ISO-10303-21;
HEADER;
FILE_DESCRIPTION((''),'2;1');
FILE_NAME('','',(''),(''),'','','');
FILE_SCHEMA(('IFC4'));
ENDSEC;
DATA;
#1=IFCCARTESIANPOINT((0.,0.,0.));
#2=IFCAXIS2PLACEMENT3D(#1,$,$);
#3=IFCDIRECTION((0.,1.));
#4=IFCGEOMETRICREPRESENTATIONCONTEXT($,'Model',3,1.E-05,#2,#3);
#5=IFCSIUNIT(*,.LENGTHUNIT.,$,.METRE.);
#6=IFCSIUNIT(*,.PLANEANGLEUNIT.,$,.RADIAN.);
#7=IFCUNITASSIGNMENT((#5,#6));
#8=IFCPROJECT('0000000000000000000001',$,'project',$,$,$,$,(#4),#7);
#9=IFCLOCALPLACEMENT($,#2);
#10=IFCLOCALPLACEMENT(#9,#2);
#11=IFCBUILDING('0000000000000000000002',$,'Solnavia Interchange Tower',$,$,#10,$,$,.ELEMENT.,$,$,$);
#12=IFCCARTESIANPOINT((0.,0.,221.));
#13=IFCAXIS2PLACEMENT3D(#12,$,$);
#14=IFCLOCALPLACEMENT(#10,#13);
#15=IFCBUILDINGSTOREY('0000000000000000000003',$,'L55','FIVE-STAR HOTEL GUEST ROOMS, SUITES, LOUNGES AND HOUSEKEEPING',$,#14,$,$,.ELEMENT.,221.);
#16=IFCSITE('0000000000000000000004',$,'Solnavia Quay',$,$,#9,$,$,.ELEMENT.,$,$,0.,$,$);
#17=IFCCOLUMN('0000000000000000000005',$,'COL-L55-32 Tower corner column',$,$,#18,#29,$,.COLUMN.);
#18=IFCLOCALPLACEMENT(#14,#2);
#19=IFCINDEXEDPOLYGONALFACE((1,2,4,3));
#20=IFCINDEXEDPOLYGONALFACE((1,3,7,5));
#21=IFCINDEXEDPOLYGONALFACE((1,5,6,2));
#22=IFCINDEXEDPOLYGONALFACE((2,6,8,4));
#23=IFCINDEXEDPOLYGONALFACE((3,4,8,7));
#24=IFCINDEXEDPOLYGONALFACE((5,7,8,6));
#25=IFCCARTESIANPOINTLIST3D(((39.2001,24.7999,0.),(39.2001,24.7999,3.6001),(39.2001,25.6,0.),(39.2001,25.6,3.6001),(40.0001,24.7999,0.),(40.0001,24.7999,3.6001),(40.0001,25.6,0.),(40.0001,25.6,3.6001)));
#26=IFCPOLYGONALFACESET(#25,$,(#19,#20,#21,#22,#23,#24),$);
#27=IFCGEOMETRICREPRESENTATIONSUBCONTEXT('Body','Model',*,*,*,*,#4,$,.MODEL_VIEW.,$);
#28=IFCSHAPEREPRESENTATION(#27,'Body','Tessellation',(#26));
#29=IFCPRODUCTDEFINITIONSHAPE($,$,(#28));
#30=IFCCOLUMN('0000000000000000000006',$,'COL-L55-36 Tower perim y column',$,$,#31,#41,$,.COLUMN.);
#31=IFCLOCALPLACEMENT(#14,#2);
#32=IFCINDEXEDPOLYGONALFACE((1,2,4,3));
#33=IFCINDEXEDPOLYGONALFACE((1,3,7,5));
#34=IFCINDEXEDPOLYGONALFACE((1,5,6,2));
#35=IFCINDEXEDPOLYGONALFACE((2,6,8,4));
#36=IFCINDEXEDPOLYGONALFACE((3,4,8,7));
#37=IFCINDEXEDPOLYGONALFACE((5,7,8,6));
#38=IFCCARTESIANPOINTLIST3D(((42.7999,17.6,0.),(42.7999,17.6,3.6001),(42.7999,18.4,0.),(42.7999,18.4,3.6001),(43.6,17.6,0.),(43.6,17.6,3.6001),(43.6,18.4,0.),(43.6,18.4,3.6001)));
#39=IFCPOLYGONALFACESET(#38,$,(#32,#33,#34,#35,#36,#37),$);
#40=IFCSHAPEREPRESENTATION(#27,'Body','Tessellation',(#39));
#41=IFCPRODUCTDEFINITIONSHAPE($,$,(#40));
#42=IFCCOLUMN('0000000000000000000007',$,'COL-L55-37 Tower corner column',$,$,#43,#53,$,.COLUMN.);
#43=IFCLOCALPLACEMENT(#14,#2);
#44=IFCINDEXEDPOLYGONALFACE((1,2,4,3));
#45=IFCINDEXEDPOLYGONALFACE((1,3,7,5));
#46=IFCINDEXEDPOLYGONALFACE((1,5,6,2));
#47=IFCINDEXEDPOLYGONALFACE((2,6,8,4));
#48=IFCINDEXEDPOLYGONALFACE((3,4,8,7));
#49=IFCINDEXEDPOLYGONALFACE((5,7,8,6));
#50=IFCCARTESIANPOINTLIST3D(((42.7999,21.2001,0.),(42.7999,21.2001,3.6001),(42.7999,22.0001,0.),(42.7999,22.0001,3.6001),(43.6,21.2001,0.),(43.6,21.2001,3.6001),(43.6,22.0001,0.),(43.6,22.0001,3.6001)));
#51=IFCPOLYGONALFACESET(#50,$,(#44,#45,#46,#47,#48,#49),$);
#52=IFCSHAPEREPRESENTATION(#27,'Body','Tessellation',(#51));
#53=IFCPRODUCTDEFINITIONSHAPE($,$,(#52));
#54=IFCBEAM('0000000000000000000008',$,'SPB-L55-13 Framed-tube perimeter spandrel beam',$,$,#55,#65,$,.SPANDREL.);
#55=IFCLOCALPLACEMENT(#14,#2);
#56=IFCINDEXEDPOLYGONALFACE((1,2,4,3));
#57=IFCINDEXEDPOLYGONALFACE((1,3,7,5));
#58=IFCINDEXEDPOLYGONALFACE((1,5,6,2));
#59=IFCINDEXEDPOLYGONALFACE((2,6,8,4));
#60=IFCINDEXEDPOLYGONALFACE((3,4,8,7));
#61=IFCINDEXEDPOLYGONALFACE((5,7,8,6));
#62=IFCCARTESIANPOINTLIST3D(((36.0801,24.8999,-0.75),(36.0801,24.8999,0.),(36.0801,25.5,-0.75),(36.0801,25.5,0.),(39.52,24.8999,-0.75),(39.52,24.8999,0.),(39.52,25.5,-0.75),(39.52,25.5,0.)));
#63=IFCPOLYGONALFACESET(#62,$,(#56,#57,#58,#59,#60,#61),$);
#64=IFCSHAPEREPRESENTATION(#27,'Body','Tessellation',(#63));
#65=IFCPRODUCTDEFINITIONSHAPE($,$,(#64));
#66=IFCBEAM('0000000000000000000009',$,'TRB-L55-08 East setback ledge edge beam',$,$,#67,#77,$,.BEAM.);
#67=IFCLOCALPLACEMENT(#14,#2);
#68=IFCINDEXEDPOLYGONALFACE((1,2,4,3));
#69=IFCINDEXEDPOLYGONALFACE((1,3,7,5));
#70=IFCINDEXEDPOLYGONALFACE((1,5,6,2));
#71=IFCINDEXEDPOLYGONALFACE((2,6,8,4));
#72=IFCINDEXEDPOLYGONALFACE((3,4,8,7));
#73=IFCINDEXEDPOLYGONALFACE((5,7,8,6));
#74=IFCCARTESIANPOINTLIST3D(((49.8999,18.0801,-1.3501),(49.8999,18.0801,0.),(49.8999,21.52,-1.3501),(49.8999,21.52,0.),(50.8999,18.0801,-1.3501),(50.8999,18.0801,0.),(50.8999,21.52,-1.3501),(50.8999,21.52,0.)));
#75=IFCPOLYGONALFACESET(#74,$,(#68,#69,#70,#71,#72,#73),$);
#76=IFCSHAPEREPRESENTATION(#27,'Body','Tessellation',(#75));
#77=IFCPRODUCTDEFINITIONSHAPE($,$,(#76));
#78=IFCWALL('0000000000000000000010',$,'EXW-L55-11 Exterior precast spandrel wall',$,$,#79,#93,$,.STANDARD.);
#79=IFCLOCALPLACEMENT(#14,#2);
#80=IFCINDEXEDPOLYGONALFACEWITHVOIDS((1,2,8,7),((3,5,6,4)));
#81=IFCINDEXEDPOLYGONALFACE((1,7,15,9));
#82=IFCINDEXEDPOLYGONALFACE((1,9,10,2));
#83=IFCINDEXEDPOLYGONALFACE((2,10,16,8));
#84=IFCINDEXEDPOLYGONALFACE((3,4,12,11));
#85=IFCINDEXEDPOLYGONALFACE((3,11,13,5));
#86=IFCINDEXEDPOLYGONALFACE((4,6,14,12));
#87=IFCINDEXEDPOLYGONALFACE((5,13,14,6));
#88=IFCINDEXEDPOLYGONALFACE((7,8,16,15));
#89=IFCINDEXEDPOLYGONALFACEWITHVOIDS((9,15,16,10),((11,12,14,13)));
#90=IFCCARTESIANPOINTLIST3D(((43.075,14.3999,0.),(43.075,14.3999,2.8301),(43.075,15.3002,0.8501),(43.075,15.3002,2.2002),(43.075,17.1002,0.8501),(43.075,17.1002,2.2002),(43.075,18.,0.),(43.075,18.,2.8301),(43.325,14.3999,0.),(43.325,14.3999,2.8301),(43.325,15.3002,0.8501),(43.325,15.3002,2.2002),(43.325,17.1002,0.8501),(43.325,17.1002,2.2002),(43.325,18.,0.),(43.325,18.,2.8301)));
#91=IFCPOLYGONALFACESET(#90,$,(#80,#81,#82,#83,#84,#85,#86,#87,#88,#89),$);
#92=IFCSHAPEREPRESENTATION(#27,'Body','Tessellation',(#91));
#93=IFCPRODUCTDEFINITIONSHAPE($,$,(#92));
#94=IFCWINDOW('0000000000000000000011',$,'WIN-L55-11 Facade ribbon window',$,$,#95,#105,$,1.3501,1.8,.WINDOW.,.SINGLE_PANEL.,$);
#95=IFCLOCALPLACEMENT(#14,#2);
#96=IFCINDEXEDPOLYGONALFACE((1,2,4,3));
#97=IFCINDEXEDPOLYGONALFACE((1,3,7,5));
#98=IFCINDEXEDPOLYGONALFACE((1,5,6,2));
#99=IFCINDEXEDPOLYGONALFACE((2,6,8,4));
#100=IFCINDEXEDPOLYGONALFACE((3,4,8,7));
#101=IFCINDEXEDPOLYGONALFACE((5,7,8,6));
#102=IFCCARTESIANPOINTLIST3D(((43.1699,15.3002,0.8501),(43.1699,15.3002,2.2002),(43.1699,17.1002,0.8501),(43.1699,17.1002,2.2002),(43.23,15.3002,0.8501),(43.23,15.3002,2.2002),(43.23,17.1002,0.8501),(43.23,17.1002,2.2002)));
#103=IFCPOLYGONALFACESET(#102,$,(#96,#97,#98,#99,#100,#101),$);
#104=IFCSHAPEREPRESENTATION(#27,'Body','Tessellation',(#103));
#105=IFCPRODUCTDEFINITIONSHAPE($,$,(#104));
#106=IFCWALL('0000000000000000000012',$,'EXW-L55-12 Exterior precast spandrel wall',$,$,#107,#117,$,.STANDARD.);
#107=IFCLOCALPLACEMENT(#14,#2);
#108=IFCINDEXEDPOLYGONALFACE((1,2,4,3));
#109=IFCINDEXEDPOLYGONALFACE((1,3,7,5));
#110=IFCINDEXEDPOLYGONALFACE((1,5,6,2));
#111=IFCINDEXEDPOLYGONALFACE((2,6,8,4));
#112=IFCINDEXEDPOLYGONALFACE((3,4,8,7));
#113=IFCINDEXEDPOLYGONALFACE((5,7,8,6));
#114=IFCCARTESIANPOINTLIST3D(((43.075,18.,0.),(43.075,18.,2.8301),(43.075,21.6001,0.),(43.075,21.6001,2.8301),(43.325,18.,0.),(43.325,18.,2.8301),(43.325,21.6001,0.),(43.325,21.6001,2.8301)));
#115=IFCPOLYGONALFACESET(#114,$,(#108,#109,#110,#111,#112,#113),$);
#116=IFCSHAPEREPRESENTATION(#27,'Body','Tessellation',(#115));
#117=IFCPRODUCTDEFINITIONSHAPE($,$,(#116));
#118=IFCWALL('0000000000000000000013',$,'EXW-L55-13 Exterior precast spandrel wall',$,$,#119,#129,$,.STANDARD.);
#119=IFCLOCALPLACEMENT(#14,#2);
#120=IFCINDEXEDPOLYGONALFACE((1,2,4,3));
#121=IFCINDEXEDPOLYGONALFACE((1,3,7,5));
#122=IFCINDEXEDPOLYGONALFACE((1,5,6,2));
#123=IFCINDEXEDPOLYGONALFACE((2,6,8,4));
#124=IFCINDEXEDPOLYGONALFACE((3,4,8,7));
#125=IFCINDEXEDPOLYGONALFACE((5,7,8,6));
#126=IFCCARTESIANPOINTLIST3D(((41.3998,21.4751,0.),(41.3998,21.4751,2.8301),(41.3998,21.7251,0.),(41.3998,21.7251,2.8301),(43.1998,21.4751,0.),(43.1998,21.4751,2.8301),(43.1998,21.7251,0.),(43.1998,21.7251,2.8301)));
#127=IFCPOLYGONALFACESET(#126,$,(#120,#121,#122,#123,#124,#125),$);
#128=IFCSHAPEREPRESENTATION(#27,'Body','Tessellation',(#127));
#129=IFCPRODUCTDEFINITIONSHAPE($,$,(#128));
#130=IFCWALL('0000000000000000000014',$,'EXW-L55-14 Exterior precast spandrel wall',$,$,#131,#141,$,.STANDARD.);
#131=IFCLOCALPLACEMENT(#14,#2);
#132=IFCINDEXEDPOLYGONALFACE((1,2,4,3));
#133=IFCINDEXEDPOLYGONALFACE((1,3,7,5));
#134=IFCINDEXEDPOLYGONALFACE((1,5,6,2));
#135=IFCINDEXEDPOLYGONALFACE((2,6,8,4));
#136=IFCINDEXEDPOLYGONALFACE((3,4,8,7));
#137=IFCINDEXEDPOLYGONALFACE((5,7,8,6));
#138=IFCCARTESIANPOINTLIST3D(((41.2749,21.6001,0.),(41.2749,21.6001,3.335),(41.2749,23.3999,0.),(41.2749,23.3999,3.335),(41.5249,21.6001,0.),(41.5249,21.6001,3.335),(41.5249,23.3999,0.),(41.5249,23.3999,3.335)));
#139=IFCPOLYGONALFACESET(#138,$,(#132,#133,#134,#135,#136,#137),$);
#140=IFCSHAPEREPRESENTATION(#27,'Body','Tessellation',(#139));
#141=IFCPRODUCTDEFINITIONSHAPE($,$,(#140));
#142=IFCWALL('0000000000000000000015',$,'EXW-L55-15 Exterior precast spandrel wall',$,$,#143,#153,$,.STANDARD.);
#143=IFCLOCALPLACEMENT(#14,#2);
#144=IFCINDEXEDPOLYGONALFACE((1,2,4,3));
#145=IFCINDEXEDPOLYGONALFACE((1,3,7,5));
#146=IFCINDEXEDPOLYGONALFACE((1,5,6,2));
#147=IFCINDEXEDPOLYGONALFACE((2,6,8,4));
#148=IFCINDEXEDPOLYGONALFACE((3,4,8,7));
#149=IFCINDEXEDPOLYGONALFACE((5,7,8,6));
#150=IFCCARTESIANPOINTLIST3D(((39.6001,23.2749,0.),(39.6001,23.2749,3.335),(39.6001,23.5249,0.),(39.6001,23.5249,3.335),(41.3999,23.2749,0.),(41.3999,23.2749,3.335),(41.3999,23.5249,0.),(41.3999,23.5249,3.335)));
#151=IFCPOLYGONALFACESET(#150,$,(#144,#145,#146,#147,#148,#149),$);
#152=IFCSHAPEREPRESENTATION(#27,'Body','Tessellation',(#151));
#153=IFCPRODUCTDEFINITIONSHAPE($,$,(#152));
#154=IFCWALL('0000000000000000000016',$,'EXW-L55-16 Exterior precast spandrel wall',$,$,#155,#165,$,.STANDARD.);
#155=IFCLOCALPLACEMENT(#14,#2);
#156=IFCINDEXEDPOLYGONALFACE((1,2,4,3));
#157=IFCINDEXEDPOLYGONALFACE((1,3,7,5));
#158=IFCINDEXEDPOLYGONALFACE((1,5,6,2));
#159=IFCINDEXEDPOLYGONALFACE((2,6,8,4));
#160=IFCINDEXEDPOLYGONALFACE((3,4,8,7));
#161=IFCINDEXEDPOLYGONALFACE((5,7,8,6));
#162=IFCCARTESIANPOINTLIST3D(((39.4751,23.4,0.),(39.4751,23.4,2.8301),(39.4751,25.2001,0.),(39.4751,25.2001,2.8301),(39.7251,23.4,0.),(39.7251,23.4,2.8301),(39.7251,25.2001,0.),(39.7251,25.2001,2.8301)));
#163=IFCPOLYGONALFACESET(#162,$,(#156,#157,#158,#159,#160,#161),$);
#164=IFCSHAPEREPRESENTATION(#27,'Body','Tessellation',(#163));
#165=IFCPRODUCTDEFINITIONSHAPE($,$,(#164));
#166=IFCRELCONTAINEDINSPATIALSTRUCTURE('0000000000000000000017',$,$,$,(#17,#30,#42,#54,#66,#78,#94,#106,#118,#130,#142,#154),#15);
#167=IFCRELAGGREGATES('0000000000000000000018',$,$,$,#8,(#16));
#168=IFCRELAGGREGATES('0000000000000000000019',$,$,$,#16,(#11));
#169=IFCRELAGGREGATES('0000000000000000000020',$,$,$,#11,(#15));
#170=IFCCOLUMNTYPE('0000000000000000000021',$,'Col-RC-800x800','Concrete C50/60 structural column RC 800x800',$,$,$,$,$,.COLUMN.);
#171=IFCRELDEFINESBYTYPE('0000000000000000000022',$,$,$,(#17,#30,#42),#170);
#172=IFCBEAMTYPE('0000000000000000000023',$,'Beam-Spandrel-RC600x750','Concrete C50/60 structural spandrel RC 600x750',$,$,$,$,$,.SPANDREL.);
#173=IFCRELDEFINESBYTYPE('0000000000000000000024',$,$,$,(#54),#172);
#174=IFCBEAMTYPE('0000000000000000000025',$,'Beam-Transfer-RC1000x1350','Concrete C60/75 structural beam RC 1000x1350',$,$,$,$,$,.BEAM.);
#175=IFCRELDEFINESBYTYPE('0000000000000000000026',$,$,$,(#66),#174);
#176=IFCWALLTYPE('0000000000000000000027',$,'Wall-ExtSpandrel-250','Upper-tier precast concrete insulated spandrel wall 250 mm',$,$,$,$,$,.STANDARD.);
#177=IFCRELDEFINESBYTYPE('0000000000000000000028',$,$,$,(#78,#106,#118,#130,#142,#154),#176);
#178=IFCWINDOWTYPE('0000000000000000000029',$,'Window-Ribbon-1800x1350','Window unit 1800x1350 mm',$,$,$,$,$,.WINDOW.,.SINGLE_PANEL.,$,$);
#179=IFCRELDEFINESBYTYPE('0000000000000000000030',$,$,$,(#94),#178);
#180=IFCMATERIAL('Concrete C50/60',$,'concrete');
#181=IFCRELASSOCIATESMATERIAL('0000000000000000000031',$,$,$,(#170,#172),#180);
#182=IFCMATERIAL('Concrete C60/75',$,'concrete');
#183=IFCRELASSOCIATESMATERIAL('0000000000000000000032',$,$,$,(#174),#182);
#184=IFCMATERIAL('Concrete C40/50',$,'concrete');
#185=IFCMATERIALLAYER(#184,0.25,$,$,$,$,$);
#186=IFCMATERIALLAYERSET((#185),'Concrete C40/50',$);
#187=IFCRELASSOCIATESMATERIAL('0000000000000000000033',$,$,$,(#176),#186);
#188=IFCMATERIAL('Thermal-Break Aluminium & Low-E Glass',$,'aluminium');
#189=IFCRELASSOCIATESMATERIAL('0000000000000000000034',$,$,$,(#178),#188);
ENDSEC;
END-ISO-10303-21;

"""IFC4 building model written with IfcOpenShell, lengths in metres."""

from ifc_helpers import new_model, si_unit, direction, frame, frame_2d, origin, origin_2d, place, context, subcontext, project, spatial, rectangle, extrude, material, layer, layer_set, material_profile, profile_set, type_object, element, fill, save


model = new_model("IFC4")

# Units and contexts
model_context = context("Model", 3, precision=1e-05, world=origin(), true_north=direction((0.0, 1.0)))
body_context = subcontext(model_context, "Body", "Model", "MODEL_VIEW")
ifc_project = project(units=[si_unit("LENGTHUNIT", "METRE"), si_unit("PLANEANGLEUNIT", "RADIAN")], contexts=[model_context])

# Site, building, storey
site_placement = place(None, origin())
site = spatial("IfcSite", under=ifc_project, at=site_placement, Name="Solnavia Quay", CompositionType="ELEMENT", RefElevation=0.0)
building_placement = place(site_placement, origin())
building = spatial("IfcBuilding", under=site, at=building_placement, Name="Solnavia Interchange Tower", CompositionType="ELEMENT")
storey_placement = place(building_placement, frame((0.0, 0.0, 221.0)))
storey = spatial("IfcBuildingStorey", under=building, at=storey_placement, Name="L55", Description="FIVE-STAR HOTEL GUEST ROOMS, SUITES, LOUNGES AND HOUSEKEEPING", CompositionType="ELEMENT", Elevation=221.0)

# Columns
ifc_material_1 = material(Name="Concrete C50/60", Category="concrete")
ifc_material_profile_1 = material_profile(ifc_material_1, rectangle(XDim=0.8, YDim=0.8, at=origin_2d()), Name="RC 800x800")
ifc_profile_set_1 = profile_set([ifc_material_profile_1], Name="Concrete C50/60")
column_type = type_object("IfcColumnType", Name="Col-RC-800x800", Description="Concrete C50/60 structural column RC 800x800", PredefinedType="COLUMN", material=ifc_profile_set_1)
for number, where, z_axis, x_axis, name in (
    (1, (39.6001, 25.2, 0.0), (0.0, 0.0, 1.0), (1.0, 0.0, 0.0), "COL-L55-32 Tower corner column"),
    (2, (43.2, 18.0, 0.0), (0.0, 0.0, 1.0), (0.0, 1.0, 0.0), "COL-L55-36 Tower perim y column"),
    (3, (43.2, 21.6001, 0.0), (0.0, 0.0, 1.0), (0.0, 1.0, 0.0), "COL-L55-37 Tower corner column"),
):
    element("IfcColumn", number, at=place(storey_placement, frame(where, z_axis=z_axis, x_axis=x_axis)), inside=storey, type_object=column_type, Name=name, PredefinedType="COLUMN", context=body_context, shape_type="SweptSolid", body=[
        extrude(rectangle(XDim=0.8, YDim=0.8, at=origin_2d()), origin(), (0.0, 0.0, 1.0), 3.6001),
    ])

# Beams
ifc_material_profile_2 = material_profile(ifc_material_1, rectangle(XDim=0.6001, YDim=0.75, at=origin_2d()), Name="RC 600x750")
ifc_profile_set_2 = profile_set([ifc_material_profile_2], Name="Concrete C50/60")
beam_type_1 = type_object("IfcBeamType", Name="Beam-Spandrel-RC600x750", Description="Concrete C50/60 structural spandrel RC 600x750", PredefinedType="SPANDREL", material=ifc_profile_set_2)
beam_1_placement = place(storey_placement, frame((39.52, 25.2, -0.375), z_axis=(-1.0, 0.0, 0.0), x_axis=(0.0, -1.0, 0.0)))
element("IfcBeam", 4, at=beam_1_placement, inside=storey, type_object=beam_type_1, Name="SPB-L55-13 Framed-tube perimeter spandrel beam", PredefinedType="SPANDREL", context=body_context, shape_type="SweptSolid", body=[
    extrude(rectangle(XDim=0.6001, YDim=0.75, at=origin_2d()), origin(), (0.0, 0.0, 1.0), 3.4399),
])
ifc_material_2 = material(Name="Concrete C60/75", Category="concrete")
ifc_material_profile_3 = material_profile(ifc_material_2, rectangle(XDim=1.0, YDim=1.3501, at=origin_2d()), Name="RC 1000x1350")
ifc_profile_set_3 = profile_set([ifc_material_profile_3], Name="Concrete C60/75")
beam_type_2 = type_object("IfcBeamType", Name="Beam-Transfer-RC1000x1350", Description="Concrete C60/75 structural beam RC 1000x1350", PredefinedType="BEAM", material=ifc_profile_set_3)
beam_2_placement = place(storey_placement, frame((50.3999, 18.0801, -0.675), z_axis=(0.0, 1.0, 0.0), x_axis=(-1.0, 0.0, 0.0)))
element("IfcBeam", 5, at=beam_2_placement, inside=storey, type_object=beam_type_2, Name="TRB-L55-08 East setback ledge edge beam", PredefinedType="BEAM", context=body_context, shape_type="SweptSolid", body=[
    extrude(rectangle(XDim=1.0, YDim=1.3501, at=origin_2d()), origin(), (0.0, 0.0, 1.0), 3.4399),
])

# Wall, opening, window
ifc_material_3 = material(Name="Concrete C40/50", Category="concrete")
ifc_layer_1 = layer(ifc_material_3, 0.25)
ifc_layer_set_1 = layer_set([ifc_layer_1], Name="Concrete C40/50")
wall_type_1 = type_object("IfcWallType", Name="Wall-ExtSpandrel-250", Description="Upper-tier precast concrete insulated spandrel wall 250 mm", PredefinedType="STANDARD", material=ifc_layer_set_1)
wall_1_placement = place(storey_placement, frame((43.2, 18.0, 0.0), z_axis=(0.0, 0.0, 1.0), x_axis=(0.0, -1.0, 0.0)))
wall_1 = element("IfcWall", 6, at=wall_1_placement, inside=storey, type_object=wall_type_1, Name="EXW-L55-11 Exterior precast spandrel wall", PredefinedType="STANDARD", context=body_context, shape_type="SweptSolid", body=[
    extrude(rectangle(XDim=3.6001, YDim=0.25, at=frame_2d((1.8, 0.0))), origin(), (0.0, 0.0, 1.0), 2.8301),
])
opening_1_placement = place(wall_1_placement, frame((0.8999, 0.0, 0.8501)))
opening_1 = element("IfcOpeningElement", 7, at=opening_1_placement, cuts=wall_1, PredefinedType="OPENING", context=body_context, shape_type="SweptSolid", body=[
    extrude(rectangle(XDim=1.8, YDim=1.3501, at=frame_2d((0.8999, 0.675))), frame((0.0, 0.135, 0.0), z_axis=(0.0, -1.0, 0.0), x_axis=(1.0, 0.0, 0.0)), (0.0, 0.0, 1.0), 0.27),
])
ifc_material_4 = material(Name="Thermal-Break Aluminium & Low-E Glass", Category="aluminium")
window_type = type_object("IfcWindowType", Name="Window-Ribbon-1800x1350", Description="Window unit 1800x1350 mm", PartitioningType="SINGLE_PANEL", PredefinedType="WINDOW", material=ifc_material_4)
window_placement = place(opening_1_placement, origin())
window = element("IfcWindow", 8, at=window_placement, inside=storey, type_object=window_type, Name="WIN-L55-11 Facade ribbon window", OverallHeight=1.3501, OverallWidth=1.8, PartitioningType="SINGLE_PANEL", PredefinedType="WINDOW", context=body_context, shape_type="SweptSolid", body=[
    extrude(rectangle(XDim=1.8, YDim=1.3501, at=frame_2d((0.8999, 0.675))), frame((0.0, 0.03, 0.0), z_axis=(0.0, -1.0, 0.0), x_axis=(1.0, 0.0, 0.0)), (0.0, 0.0, 1.0), 0.0601),
])
fill(opening_1, window)

# Walls
wall_2_placement = place(storey_placement, frame((43.2, 21.6001, 0.0), z_axis=(0.0, 0.0, 1.0), x_axis=(0.0, -1.0, 0.0)))
element("IfcWall", 9, at=wall_2_placement, inside=storey, type_object=wall_type_1, Name="EXW-L55-12 Exterior precast spandrel wall", PredefinedType="STANDARD", context=body_context, shape_type="SweptSolid", body=[
    extrude(rectangle(XDim=3.6001, YDim=0.25, at=frame_2d((1.8, 0.0))), origin(), (0.0, 0.0, 1.0), 2.8301),
])
wall_3_placement = place(storey_placement, frame((41.3999, 21.6001, 0.0), z_axis=(0.0, 0.0, 1.0), x_axis=(1.0, 0.0, 0.0)))
element("IfcWall", 10, at=wall_3_placement, inside=storey, type_object=wall_type_1, Name="EXW-L55-13 Exterior precast spandrel wall", PredefinedType="STANDARD", context=body_context, shape_type="SweptSolid", body=[
    extrude(rectangle(XDim=1.8, YDim=0.25, at=frame_2d((0.8999, 0.0))), origin(), (0.0, 0.0, 1.0), 2.8301),
])
for number, where, z_axis, x_axis, name in (
    (11, (41.3999, 23.3999, 0.0), (0.0, 0.0, 1.0), (0.0, -1.0, 0.0), "EXW-L55-14 Exterior precast spandrel wall"),
    (12, (39.6001, 23.3999, 0.0), (0.0, 0.0, 1.0), (1.0, 0.0, 0.0), "EXW-L55-15 Exterior precast spandrel wall"),
):
    element("IfcWall", number, at=place(storey_placement, frame(where, z_axis=z_axis, x_axis=x_axis)), inside=storey, type_object=wall_type_1, Name=name, PredefinedType="STANDARD", context=body_context, shape_type="SweptSolid", body=[
        extrude(rectangle(XDim=1.7998, YDim=0.25, at=frame_2d((0.8999, 0.0))), origin(), (0.0, 0.0, 1.0), 3.335),
    ])
wall_4_placement = place(storey_placement, frame((39.6001, 25.2, 0.0), z_axis=(0.0, 0.0, 1.0), x_axis=(0.0, -1.0, 0.0)))
element("IfcWall", 13, at=wall_4_placement, inside=storey, type_object=wall_type_1, Name="EXW-L55-16 Exterior precast spandrel wall", PredefinedType="STANDARD", context=body_context, shape_type="SweptSolid", body=[
    extrude(rectangle(XDim=1.8, YDim=0.25, at=frame_2d((0.8999, 0.0))), origin(), (0.0, 0.0, 1.0), 2.8301),
])

save(model, "model.ifc")
